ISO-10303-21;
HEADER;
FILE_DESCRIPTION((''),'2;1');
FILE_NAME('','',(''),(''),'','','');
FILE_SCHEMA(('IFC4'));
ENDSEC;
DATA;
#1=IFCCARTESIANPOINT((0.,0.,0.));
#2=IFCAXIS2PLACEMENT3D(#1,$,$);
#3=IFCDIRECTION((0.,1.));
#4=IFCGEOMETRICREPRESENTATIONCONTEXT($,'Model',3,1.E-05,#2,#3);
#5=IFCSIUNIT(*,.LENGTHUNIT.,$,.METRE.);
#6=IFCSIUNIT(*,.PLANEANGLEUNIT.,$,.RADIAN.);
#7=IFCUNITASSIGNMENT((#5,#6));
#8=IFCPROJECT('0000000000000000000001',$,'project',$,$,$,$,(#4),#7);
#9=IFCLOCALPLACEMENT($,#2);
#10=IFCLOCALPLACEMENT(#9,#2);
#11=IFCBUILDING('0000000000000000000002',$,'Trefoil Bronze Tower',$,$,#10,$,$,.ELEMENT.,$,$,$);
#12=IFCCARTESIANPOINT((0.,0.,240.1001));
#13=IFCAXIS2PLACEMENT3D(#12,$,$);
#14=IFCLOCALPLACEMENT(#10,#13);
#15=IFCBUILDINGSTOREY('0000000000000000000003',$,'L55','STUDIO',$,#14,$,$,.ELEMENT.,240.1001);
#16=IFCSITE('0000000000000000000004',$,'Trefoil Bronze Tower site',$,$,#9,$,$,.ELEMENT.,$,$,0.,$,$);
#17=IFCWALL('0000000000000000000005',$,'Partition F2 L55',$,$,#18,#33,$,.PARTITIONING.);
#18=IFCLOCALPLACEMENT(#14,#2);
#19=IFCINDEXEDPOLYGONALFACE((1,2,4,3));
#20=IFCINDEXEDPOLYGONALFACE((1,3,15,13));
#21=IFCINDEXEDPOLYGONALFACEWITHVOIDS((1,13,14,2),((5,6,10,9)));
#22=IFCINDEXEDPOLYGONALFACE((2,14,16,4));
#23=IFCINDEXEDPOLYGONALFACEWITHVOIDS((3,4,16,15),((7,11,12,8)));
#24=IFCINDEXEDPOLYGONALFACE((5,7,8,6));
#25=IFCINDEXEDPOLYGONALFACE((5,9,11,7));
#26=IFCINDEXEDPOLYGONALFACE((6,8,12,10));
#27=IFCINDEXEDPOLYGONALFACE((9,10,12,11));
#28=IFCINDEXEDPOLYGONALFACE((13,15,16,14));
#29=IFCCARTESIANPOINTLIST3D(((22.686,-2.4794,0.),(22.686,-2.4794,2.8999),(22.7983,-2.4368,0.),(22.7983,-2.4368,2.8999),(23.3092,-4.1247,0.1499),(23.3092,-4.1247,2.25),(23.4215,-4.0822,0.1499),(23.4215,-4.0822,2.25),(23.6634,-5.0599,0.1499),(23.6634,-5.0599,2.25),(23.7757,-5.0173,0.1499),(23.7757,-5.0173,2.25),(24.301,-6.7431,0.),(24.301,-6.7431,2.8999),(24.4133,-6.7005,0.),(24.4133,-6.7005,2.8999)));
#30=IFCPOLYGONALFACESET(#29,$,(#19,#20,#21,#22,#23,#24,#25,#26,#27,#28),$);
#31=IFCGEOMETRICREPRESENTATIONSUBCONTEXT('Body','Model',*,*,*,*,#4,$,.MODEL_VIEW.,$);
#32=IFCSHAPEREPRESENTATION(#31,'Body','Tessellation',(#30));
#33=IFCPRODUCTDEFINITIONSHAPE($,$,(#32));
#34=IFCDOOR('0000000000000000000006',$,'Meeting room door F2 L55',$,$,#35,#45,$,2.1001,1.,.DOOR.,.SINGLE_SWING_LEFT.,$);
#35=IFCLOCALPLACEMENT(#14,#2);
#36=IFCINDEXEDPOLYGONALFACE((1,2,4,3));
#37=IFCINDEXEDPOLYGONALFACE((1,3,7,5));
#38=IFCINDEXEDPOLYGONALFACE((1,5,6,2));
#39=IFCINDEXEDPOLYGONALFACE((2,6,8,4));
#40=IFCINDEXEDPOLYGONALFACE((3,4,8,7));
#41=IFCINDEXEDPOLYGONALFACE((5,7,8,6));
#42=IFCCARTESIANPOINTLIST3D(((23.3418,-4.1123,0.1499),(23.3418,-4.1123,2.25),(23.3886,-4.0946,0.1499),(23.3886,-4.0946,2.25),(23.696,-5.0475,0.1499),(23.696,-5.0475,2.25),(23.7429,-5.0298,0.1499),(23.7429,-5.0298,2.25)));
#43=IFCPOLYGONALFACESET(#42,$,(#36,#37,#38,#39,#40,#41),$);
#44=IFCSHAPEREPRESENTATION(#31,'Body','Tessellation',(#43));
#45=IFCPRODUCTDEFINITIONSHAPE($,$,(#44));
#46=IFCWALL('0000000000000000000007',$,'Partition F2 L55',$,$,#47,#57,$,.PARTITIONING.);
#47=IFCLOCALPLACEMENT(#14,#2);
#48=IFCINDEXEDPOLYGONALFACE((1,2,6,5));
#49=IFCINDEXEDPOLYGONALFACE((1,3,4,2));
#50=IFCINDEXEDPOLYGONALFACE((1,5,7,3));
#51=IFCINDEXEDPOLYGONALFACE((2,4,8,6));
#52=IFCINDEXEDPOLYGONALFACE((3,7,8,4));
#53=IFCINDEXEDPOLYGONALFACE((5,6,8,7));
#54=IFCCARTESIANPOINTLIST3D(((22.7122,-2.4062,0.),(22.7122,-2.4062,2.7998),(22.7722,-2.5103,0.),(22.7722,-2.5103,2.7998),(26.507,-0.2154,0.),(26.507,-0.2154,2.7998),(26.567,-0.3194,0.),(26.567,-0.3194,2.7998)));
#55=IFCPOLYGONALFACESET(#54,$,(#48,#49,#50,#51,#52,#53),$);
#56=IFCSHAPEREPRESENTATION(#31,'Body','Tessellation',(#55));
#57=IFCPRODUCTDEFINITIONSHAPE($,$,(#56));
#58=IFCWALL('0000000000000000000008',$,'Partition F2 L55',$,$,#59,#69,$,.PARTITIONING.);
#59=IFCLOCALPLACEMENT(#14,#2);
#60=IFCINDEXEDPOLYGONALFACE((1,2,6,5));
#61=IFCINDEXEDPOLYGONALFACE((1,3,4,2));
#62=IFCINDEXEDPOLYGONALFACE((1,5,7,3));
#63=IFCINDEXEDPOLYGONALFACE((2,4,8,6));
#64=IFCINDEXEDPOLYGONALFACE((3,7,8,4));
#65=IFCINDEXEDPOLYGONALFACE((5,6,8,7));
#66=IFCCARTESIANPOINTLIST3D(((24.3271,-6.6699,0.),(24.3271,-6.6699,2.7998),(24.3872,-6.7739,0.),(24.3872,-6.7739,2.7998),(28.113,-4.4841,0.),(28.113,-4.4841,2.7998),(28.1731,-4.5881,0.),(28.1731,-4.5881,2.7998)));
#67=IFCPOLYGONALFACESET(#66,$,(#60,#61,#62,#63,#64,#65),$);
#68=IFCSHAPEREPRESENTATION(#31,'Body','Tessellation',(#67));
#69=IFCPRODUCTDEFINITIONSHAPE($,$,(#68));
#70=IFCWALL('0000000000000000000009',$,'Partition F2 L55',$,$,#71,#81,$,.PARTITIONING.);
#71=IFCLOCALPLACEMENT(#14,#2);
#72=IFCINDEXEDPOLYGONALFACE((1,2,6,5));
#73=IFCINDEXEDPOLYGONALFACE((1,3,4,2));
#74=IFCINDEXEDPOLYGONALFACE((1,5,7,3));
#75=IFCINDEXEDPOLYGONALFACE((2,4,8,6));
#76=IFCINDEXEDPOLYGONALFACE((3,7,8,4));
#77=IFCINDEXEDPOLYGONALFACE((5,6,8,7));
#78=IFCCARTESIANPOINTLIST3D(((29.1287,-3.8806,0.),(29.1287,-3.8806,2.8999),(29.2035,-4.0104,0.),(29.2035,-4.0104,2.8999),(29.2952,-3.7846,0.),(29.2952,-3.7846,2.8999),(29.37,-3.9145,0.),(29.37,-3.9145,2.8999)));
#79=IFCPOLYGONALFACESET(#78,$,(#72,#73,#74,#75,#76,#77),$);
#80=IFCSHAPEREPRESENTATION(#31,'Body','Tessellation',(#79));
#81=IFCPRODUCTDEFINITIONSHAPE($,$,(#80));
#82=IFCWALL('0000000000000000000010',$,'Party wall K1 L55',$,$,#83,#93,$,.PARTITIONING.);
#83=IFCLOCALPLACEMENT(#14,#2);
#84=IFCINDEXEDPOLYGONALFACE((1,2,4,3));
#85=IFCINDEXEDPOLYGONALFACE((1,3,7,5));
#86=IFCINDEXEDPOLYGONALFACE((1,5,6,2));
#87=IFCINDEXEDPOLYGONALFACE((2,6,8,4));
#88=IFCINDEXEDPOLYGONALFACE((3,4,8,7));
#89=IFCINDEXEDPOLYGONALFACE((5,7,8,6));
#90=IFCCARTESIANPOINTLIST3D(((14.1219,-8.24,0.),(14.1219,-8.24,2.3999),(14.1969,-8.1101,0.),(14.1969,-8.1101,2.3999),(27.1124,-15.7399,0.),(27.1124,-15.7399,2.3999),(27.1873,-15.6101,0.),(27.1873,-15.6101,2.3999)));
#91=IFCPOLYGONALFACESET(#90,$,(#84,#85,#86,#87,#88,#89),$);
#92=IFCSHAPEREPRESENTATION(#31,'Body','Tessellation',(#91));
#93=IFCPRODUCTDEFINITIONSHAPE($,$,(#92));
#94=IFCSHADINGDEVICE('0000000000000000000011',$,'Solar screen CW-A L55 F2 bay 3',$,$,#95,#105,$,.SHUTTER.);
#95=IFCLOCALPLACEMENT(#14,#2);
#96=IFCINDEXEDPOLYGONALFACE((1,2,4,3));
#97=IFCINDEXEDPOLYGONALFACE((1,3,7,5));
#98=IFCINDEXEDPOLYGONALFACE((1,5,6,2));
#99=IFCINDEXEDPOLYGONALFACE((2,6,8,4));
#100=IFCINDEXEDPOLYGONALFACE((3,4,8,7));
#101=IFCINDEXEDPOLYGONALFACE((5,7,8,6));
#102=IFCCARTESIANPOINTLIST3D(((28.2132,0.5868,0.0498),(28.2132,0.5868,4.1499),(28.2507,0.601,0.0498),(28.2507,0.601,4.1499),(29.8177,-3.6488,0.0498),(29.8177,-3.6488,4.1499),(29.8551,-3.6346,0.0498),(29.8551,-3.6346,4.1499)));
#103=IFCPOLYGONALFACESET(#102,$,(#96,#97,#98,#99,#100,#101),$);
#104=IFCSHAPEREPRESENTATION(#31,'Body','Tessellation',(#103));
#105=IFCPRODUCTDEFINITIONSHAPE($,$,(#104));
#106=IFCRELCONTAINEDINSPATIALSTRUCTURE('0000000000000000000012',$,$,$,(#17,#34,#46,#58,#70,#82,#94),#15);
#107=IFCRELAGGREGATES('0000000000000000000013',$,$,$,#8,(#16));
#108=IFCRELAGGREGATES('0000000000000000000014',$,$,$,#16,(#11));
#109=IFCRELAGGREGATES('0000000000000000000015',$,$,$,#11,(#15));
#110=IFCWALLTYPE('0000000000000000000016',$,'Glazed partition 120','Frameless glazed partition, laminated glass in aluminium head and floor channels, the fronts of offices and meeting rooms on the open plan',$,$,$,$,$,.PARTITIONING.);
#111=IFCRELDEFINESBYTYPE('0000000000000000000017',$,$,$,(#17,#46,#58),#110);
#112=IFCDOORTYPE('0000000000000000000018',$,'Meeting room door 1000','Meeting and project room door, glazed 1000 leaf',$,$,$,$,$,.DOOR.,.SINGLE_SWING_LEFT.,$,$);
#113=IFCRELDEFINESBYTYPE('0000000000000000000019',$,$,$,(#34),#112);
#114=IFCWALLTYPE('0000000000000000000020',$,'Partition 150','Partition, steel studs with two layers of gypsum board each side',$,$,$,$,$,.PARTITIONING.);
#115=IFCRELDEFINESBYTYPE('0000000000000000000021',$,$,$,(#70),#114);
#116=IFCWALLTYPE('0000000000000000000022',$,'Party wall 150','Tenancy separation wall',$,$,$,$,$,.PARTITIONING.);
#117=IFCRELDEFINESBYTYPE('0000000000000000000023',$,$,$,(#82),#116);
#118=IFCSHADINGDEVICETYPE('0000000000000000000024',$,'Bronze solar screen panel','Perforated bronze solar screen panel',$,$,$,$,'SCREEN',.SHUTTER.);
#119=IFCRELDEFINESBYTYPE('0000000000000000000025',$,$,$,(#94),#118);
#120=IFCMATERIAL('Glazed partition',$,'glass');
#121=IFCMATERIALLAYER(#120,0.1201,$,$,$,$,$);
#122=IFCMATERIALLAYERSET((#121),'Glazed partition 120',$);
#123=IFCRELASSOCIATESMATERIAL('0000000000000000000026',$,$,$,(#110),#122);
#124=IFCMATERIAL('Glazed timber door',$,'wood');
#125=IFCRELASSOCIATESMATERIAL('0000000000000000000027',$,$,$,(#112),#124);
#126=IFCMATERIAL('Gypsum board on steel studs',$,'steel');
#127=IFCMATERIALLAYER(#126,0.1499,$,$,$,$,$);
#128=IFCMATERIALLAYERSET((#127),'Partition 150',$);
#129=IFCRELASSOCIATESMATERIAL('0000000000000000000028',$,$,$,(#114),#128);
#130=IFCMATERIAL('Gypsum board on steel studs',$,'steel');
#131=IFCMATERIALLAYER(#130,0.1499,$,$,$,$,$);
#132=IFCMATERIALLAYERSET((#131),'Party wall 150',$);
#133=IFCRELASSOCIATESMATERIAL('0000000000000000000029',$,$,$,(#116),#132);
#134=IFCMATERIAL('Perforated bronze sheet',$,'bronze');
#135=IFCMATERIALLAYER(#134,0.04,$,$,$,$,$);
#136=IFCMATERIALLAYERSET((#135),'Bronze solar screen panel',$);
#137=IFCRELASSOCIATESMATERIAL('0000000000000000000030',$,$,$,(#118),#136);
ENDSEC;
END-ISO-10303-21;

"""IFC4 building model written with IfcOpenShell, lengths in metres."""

from ifc_helpers import new_model, si_unit, direction, frame, frame_2d, origin, origin_2d, place, context, subcontext, project, spatial, rectangle, extrude, material, layer, layer_set, type_object, element, fill, save


model = new_model("IFC4")

# Units and contexts
model_context = context("Model", 3, precision=1e-05, world=origin(), true_north=direction((0.0, 1.0)))
body_context = subcontext(model_context, "Body", "Model", "MODEL_VIEW")
ifc_project = project(units=[si_unit("LENGTHUNIT", "METRE"), si_unit("PLANEANGLEUNIT", "RADIAN")], contexts=[model_context])

# Site, building, storey
site_placement = place(None, origin())
site = spatial("IfcSite", under=ifc_project, at=site_placement, Name="Trefoil Bronze Tower site", CompositionType="ELEMENT", RefElevation=0.0)
building_placement = place(site_placement, origin())
building = spatial("IfcBuilding", under=site, at=building_placement, Name="Trefoil Bronze Tower", CompositionType="ELEMENT")
storey_placement = place(building_placement, frame((0.0, 0.0, 240.1001)))
storey = spatial("IfcBuildingStorey", under=building, at=storey_placement, Name="L55", Description="STUDIO", CompositionType="ELEMENT", Elevation=240.1001)

# Shared definitions
ifc_material_1 = material(Name="Glazed partition", Category="glass")
ifc_layer_1 = layer(ifc_material_1, 0.1201)
ifc_layer_set_1 = layer_set([ifc_layer_1], Name="Glazed partition 120")
wall_type_1 = type_object("IfcWallType", Name="Glazed partition 120", Description="Frameless glazed partition, laminated glass in aluminium head and floor channels, the fronts of offices and meeting rooms on the open plan", PredefinedType="PARTITIONING", material=ifc_layer_set_1)

# Wall, opening, door
ifc_material_2 = material(Name="Glazed timber door", Category="wood")
door_type_1 = type_object("IfcDoorType", Name="Meeting room door 1000", Description="Meeting and project room door, glazed 1000 leaf", OperationType="SINGLE_SWING_LEFT", PredefinedType="DOOR", material=ifc_material_2)
wall_1_placement = place(storey_placement, frame((24.3572, -6.7219, 0.0), z_axis=(0.0, 0.0, 1.0), x_axis=(-0.35422, 0.935162, 0.0)))
wall_1 = element("IfcWall", 1, at=wall_1_placement, inside=storey, type_object=wall_type_1, Name="Partition F2 L55", PredefinedType="PARTITIONING", context=body_context, shape_type="SweptSolid", body=[
    extrude(rectangle(XDim=4.5593, YDim=0.1201, at=frame_2d((2.2798, 0.0))), origin(), (0.0, 0.0, 1.0), 2.8999),
])
opening_1_placement = place(wall_1_placement, frame((1.8, 0.0, 0.1499)))
opening_1 = element("IfcOpeningElement", 2, at=opening_1_placement, cuts=wall_1, PredefinedType="OPENING", context=body_context, shape_type="SweptSolid", body=[
    extrude(rectangle(XDim=1.0, YDim=2.1001, at=frame_2d((0.5, 1.05))), frame((0.0, 0.0701, 0.0), z_axis=(0.0, -1.0, 0.0), x_axis=(1.0, 0.0, 0.0)), (0.0, 0.0, 1.0), 0.1401),
])
door_1_placement = place(opening_1_placement, frame((1.0, 0.0, 0.0), z_axis=(0.0, 0.0, 1.0), x_axis=(-1.0, 0.0, 0.0)))
door_1 = element("IfcDoor", 3, at=door_1_placement, inside=storey, type_object=door_type_1, Name="Meeting room door F2 L55", OperationType="SINGLE_SWING_LEFT", OverallHeight=2.1001, OverallWidth=1.0, PredefinedType="DOOR", context=body_context, shape_type="SweptSolid", body=[
    extrude(rectangle(XDim=1.0, YDim=2.1001, at=frame_2d((0.5, 1.05))), frame((0.0, 0.0249, 0.0), z_axis=(0.0, -1.0, 0.0), x_axis=(1.0, 0.0, 0.0)), (0.0, 0.0, 1.0), 0.05),
])
fill(opening_1, door_1)

# Walls
wall_2_placement = place(storey_placement, frame((22.7422, -2.4583, 0.0), z_axis=(0.0, 0.0, 1.0), x_axis=(0.866033, 0.499986, 0.0)))
element("IfcWall", 4, at=wall_2_placement, inside=storey, type_object=wall_type_1, Name="Partition F2 L55", PredefinedType="PARTITIONING", context=body_context, shape_type="SweptSolid", body=[
    extrude(rectangle(XDim=4.3818, YDim=0.1201, at=frame_2d((2.1909, 0.0))), origin(), (0.0, 0.0, 1.0), 2.7998),
])
wall_3_placement = place(storey_placement, frame((24.3572, -6.7219, 0.0), z_axis=(0.0, 0.0, 1.0), x_axis=(0.866025, 0.500001, 0.0)))
element("IfcWall", 5, at=wall_3_placement, inside=storey, type_object=wall_type_1, Name="Partition F2 L55", PredefinedType="PARTITIONING", context=body_context, shape_type="SweptSolid", body=[
    extrude(rectangle(XDim=4.3716, YDim=0.1201, at=frame_2d((2.1858, 0.0))), origin(), (0.0, 0.0, 1.0), 2.7998),
])
ifc_material_3 = material(Name="Gypsum board on steel studs", Category="steel")
ifc_layer_2 = layer(ifc_material_3, 0.1499)
ifc_layer_set_2 = layer_set([ifc_layer_2], Name="Partition 150")
wall_type_2 = type_object("IfcWallType", Name="Partition 150", Description="Partition, steel studs with two layers of gypsum board each side", PredefinedType="PARTITIONING", material=ifc_layer_set_2)
wall_4_placement = place(storey_placement, frame((29.166, -3.9456, 0.0), z_axis=(0.0, 0.0, 1.0), x_axis=(0.866439, 0.499282, 0.0)))
element("IfcWall", 6, at=wall_4_placement, inside=storey, type_object=wall_type_2, Name="Partition F2 L55", PredefinedType="PARTITIONING", context=body_context, shape_type="SweptSolid", body=[
    extrude(rectangle(XDim=0.1921, YDim=0.1499, at=frame_2d((0.0962, 0.0))), origin(), (0.0, 0.0, 1.0), 2.8999),
])
ifc_material_4 = material(Name="Gypsum board on steel studs", Category="steel")
ifc_layer_3 = layer(ifc_material_4, 0.1499)
ifc_layer_set_3 = layer_set([ifc_layer_3], Name="Party wall 150")
wall_type_3 = type_object("IfcWallType", Name="Party wall 150", Description="Tenancy separation wall", PredefinedType="PARTITIONING", material=ifc_layer_set_3)
wall_5_placement = place(storey_placement, frame((14.1594, -8.175, 0.0), z_axis=(0.0, 0.0, 1.0), x_axis=(0.866027, -0.499997, 0.0)))
element("IfcWall", 7, at=wall_5_placement, inside=storey, type_object=wall_type_3, Name="Party wall K1 L55", PredefinedType="PARTITIONING", context=body_context, shape_type="SweptSolid", body=[
    extrude(rectangle(XDim=15.0, YDim=0.1499, at=frame_2d((7.5, 0.0))), origin(), (0.0, 0.0, 1.0), 2.3999),
])

# Shading device
ifc_material_5 = material(Name="Perforated bronze sheet", Category="bronze")
ifc_layer_4 = layer(ifc_material_5, 0.04)
ifc_layer_set_4 = layer_set([ifc_layer_4], Name="Bronze solar screen panel")
shading_device_type = type_object("IfcShadingDeviceType", Name="Bronze solar screen panel", Description="Perforated bronze solar screen panel", ElementType="SCREEN", PredefinedType="SHUTTER", material=ifc_layer_set_4)
shading_device_placement = place(storey_placement, frame((29.0342, -1.5239, 0.0498), z_axis=(0.0, 0.0, 1.0), x_axis=(-0.354234, 0.935157, 0.0)))
element("IfcShadingDevice", 8, at=shading_device_placement, inside=storey, type_object=shading_device_type, Name="Solar screen CW-A L55 F2 bay 3", PredefinedType="SHUTTER", context=body_context, shape_type="SweptSolid", body=[
    extrude(rectangle(XDim=4.5293, YDim=0.04, at=origin_2d()), origin(), (0.0, 0.0, 1.0), 4.1001),
])

save(model, "model.ifc")
